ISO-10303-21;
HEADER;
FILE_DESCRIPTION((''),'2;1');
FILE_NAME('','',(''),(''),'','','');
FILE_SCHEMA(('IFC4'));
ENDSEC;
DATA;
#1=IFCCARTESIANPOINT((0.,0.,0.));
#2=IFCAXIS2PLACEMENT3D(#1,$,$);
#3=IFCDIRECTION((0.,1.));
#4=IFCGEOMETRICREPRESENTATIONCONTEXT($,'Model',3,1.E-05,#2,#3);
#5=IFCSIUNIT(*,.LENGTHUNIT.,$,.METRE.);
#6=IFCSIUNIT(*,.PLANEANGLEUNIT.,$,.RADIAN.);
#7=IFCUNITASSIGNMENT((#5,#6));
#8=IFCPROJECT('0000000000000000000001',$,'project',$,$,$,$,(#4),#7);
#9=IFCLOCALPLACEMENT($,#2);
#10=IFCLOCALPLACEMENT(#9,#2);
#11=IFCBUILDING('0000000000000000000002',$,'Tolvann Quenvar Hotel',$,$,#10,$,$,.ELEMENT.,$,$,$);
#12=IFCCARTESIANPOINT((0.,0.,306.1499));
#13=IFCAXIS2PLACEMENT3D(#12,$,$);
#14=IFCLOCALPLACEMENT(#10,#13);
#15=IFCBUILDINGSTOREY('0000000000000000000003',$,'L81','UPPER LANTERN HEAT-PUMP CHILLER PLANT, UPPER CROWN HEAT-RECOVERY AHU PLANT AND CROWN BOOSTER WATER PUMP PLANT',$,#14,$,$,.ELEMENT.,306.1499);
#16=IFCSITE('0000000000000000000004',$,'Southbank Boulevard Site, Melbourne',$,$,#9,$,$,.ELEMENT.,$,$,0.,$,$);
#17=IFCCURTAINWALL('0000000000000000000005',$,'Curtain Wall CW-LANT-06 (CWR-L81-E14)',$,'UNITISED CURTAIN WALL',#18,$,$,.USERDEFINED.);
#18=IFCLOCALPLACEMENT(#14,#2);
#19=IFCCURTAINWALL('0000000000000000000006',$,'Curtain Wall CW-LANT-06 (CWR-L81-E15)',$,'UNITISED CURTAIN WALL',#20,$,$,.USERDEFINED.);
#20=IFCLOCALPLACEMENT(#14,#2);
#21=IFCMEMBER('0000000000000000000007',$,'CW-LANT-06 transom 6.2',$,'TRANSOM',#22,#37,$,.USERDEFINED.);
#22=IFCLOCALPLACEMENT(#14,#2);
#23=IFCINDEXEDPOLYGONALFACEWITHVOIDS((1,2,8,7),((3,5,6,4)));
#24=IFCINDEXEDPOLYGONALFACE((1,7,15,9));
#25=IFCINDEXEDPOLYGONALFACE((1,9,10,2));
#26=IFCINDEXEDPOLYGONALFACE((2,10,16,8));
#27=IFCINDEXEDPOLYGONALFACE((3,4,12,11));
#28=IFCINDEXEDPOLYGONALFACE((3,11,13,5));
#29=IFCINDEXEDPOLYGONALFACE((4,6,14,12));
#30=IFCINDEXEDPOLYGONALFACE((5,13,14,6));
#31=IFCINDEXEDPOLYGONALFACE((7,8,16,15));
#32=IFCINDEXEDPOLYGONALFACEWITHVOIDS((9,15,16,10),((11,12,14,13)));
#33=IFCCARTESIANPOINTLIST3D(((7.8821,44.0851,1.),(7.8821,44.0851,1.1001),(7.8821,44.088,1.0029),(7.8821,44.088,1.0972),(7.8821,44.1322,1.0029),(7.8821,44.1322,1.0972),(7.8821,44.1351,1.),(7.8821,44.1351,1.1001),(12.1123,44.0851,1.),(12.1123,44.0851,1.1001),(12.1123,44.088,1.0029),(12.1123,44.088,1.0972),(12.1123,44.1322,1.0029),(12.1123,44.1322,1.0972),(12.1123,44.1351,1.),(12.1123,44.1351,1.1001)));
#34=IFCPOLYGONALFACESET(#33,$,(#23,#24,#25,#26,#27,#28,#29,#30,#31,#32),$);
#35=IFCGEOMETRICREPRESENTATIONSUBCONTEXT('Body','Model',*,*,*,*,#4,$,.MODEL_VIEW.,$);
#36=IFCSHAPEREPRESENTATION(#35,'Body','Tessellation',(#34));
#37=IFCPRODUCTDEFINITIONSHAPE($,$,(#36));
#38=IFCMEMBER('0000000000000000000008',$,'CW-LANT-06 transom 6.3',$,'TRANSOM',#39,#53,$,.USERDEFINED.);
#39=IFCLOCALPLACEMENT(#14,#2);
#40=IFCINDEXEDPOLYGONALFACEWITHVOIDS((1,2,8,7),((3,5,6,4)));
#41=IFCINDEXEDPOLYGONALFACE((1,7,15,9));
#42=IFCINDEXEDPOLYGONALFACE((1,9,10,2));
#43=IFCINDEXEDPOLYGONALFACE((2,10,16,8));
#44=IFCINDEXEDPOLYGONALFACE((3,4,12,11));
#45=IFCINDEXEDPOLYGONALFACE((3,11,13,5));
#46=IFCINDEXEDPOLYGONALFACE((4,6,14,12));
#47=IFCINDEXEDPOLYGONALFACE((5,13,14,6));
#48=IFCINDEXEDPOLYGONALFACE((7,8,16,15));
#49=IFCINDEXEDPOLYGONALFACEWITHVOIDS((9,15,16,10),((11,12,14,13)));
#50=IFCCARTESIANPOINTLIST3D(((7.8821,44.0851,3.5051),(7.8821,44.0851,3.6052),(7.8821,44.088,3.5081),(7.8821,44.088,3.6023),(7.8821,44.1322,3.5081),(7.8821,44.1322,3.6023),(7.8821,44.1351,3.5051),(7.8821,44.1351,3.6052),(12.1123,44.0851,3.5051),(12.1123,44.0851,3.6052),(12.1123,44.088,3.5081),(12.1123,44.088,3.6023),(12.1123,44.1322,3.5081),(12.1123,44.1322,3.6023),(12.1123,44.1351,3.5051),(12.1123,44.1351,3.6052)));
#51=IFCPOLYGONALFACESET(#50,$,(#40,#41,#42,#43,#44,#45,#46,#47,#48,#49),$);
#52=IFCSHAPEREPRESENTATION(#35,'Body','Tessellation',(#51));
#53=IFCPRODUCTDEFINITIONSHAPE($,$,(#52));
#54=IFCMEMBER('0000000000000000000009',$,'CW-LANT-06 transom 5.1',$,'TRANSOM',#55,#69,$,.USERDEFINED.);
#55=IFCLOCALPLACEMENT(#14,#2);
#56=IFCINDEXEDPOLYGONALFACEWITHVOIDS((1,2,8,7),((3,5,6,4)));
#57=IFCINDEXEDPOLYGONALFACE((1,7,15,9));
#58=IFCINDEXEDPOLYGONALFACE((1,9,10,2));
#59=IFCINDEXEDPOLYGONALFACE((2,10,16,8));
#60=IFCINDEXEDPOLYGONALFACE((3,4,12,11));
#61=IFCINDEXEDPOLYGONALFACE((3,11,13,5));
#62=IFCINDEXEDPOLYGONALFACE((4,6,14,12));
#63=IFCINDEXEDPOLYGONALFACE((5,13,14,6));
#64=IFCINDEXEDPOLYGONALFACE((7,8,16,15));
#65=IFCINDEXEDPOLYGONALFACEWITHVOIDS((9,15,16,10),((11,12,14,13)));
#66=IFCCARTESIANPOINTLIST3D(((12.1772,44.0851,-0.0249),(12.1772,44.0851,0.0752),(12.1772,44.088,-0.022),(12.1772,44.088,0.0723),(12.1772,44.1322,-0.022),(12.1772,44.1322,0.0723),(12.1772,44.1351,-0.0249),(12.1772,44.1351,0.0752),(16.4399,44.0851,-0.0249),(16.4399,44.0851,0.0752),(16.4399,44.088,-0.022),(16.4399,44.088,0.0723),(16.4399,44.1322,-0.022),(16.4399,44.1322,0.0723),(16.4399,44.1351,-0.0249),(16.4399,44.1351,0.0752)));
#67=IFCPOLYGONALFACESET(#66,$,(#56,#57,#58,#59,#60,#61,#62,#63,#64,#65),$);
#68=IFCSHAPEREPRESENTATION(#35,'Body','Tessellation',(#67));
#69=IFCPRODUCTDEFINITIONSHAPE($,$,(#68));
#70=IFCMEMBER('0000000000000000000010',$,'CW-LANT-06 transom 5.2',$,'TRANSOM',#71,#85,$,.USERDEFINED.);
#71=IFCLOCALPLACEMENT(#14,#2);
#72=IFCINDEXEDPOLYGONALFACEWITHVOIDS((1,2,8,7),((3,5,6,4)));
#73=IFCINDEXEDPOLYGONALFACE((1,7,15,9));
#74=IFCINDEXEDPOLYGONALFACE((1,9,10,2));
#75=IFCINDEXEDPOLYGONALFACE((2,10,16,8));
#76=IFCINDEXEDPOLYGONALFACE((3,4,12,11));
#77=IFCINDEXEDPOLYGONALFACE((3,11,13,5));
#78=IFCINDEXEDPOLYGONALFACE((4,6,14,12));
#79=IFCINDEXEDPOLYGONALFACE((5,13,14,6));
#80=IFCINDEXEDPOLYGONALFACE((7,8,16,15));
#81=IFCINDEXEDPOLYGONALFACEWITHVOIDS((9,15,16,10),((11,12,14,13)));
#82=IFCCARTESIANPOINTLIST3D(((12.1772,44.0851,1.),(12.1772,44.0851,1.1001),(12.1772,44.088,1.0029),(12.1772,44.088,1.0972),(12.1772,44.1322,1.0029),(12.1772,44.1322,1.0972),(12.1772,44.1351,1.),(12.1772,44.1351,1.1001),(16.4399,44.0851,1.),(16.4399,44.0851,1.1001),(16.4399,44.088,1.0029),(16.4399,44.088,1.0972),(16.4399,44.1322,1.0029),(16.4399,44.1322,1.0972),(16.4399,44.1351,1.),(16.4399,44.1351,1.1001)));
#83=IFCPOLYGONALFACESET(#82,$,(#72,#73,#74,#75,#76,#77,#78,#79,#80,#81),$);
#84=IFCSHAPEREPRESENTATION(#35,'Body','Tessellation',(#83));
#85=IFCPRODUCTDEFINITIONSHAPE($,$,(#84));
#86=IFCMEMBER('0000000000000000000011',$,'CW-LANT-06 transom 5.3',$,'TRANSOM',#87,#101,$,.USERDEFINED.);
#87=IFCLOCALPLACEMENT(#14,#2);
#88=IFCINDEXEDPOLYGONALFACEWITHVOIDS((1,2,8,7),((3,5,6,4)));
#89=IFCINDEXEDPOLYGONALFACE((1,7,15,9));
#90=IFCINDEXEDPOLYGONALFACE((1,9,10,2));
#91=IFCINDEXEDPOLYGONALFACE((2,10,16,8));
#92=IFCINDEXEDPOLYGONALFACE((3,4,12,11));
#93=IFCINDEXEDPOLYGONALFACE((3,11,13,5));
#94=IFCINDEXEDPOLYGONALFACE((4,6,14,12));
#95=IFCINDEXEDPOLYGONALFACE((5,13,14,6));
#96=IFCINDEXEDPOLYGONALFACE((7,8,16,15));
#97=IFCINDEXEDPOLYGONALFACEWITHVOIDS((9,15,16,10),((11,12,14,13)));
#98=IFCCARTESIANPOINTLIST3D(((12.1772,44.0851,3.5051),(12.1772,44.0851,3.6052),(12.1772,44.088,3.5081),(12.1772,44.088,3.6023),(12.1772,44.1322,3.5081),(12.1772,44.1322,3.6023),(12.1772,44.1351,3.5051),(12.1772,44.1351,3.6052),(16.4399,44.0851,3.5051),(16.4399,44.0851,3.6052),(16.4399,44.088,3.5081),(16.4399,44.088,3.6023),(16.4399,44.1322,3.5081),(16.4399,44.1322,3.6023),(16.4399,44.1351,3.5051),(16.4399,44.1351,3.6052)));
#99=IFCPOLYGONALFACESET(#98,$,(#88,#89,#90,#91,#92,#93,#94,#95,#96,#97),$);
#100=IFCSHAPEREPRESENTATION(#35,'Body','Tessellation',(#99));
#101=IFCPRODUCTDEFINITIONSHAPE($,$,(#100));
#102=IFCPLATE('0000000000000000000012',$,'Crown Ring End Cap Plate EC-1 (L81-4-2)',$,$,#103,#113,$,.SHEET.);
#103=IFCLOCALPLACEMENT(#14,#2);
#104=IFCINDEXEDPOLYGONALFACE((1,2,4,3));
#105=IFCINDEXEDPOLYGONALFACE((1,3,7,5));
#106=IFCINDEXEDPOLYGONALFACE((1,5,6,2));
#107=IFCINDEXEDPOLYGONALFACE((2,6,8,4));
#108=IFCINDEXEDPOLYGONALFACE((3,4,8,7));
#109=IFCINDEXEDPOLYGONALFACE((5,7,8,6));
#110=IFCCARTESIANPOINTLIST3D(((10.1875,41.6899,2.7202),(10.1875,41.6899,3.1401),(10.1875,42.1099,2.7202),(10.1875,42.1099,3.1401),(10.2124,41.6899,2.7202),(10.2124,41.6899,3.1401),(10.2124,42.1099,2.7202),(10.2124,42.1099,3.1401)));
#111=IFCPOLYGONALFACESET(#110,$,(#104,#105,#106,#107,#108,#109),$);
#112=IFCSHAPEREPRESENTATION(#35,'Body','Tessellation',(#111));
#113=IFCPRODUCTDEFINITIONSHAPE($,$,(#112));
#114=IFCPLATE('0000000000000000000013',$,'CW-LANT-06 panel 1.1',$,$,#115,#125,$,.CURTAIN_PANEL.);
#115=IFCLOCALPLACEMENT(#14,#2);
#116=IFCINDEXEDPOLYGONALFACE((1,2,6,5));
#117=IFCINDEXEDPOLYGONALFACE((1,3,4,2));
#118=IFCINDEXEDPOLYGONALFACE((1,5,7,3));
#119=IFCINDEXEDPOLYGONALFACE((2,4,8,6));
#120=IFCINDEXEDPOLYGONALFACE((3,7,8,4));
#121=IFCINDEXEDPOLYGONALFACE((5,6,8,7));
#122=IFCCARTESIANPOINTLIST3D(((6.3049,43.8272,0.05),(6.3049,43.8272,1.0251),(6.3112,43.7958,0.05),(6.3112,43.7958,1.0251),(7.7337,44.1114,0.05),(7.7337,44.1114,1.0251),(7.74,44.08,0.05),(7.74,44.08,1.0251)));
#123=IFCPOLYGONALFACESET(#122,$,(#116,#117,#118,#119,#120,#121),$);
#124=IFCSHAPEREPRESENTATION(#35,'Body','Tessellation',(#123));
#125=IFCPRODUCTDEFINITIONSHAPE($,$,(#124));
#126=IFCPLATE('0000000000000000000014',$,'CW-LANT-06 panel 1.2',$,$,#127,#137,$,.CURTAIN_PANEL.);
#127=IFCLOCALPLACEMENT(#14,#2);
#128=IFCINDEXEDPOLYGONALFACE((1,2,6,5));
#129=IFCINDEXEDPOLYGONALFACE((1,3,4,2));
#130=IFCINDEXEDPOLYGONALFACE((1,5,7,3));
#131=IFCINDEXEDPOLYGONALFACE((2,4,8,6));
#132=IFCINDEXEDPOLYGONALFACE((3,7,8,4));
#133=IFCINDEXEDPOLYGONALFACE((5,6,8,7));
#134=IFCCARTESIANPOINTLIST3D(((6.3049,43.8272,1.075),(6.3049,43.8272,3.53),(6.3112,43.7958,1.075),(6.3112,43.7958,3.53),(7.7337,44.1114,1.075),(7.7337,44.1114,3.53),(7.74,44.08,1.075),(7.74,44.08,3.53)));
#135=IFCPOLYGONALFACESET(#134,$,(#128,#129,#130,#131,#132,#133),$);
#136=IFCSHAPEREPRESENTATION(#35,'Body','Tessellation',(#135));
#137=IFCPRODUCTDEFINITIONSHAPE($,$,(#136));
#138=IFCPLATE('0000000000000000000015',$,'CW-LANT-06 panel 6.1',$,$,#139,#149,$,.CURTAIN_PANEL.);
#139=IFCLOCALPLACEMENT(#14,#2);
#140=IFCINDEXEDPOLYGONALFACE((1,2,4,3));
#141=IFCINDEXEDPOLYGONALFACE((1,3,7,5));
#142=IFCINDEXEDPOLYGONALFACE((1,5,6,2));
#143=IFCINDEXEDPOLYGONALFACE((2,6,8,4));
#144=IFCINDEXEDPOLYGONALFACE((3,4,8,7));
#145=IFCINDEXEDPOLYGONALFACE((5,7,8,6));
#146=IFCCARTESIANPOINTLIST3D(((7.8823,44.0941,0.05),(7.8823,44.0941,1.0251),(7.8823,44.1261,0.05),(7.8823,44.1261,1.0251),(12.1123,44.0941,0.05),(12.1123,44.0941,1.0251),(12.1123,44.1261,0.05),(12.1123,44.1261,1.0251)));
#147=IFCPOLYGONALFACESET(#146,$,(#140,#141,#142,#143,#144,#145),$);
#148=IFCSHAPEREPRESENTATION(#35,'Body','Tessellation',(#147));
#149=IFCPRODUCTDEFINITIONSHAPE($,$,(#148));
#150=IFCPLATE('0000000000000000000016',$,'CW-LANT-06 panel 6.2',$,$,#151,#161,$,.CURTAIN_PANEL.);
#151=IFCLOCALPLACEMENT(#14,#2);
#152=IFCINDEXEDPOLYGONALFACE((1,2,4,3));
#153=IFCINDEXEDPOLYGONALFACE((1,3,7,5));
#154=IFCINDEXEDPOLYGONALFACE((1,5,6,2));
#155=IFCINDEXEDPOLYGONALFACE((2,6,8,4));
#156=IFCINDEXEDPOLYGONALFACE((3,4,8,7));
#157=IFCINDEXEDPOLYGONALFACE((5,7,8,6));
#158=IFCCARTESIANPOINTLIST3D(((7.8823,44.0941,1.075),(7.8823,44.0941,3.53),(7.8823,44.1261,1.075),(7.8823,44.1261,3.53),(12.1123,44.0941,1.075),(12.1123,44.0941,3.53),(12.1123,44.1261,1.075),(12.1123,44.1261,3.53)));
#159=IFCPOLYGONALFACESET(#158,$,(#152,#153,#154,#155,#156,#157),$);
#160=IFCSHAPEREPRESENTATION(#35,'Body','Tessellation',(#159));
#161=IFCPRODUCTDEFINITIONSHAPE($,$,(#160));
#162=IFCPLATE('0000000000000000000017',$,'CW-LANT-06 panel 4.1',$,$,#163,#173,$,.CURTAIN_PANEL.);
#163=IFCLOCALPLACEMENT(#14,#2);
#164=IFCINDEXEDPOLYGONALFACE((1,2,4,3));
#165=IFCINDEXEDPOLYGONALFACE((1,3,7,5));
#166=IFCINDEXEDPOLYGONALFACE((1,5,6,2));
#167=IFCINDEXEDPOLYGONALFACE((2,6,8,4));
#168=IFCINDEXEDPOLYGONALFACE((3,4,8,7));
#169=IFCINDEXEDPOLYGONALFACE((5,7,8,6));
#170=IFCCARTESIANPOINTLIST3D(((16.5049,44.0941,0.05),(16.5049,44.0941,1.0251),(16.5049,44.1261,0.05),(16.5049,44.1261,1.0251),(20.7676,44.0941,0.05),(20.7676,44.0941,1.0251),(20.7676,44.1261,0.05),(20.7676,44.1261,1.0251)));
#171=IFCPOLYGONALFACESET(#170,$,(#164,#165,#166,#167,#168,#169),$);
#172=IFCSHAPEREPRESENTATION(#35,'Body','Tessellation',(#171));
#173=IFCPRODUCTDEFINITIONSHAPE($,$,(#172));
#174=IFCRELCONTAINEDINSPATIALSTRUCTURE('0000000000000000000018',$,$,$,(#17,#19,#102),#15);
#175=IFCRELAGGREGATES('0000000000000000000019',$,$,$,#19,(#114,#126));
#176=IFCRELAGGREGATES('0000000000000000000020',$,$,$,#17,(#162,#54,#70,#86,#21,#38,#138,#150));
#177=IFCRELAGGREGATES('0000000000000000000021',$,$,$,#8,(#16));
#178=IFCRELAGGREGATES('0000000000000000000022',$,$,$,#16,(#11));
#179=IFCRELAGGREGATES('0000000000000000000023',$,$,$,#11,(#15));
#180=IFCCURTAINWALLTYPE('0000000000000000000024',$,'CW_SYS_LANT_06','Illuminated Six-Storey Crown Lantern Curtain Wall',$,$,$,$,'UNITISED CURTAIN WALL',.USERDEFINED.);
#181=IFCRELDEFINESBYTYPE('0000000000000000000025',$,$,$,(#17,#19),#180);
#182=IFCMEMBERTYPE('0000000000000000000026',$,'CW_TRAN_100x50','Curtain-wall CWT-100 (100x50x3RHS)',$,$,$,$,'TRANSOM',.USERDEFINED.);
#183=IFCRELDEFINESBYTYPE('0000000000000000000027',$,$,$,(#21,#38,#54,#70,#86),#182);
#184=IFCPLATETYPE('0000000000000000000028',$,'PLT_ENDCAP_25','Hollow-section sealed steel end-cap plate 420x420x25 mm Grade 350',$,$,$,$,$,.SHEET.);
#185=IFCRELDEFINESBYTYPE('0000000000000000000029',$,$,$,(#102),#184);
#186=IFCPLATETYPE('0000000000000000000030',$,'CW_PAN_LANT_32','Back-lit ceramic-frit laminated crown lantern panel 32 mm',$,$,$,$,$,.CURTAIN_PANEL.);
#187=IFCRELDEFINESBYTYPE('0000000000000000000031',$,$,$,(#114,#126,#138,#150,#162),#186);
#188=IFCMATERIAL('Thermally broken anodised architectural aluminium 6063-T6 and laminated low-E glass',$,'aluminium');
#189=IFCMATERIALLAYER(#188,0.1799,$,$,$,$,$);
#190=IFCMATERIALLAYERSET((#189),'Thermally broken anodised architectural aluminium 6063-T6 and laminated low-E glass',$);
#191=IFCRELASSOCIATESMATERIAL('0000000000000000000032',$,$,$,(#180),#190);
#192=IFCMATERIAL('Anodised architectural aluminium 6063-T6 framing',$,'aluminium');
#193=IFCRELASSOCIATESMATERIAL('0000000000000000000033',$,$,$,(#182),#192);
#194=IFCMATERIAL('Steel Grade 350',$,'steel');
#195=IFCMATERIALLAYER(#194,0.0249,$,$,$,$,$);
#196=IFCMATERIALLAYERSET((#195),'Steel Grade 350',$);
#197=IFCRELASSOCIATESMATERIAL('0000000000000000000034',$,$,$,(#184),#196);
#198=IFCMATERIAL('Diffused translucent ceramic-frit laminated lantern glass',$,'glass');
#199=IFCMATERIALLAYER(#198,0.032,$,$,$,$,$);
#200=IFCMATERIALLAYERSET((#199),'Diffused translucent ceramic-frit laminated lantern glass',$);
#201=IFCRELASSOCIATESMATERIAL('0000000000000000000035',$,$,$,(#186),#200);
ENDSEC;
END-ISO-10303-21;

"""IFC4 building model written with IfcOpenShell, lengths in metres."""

from ifc_helpers import new_model, si_unit, direction, frame, origin, origin_2d, place, context, subcontext, project, spatial, rectangle, hollow_rectangle, extrude, source, transform, mapped, material, layer, layer_set, material_profile, profile_set, type_object, type_shapes, element, aggregate, save


model = new_model("IFC4")

# Units and contexts
model_context = context("Model", 3, precision=1e-05, world=origin(), true_north=direction((0.0, 1.0)))
body_context = subcontext(model_context, "Body", "Model", "MODEL_VIEW")
ifc_project = project(units=[si_unit("LENGTHUNIT", "METRE"), si_unit("PLANEANGLEUNIT", "RADIAN")], contexts=[model_context])

# Site, building, storey
site_placement = place(None, origin())
site = spatial("IfcSite", under=ifc_project, at=site_placement, Name="Southbank Boulevard Site, Melbourne", CompositionType="ELEMENT", RefElevation=0.0)
building_placement = place(site_placement, origin())
building = spatial("IfcBuilding", under=site, at=building_placement, Name="Tolvann Quenvar Hotel", CompositionType="ELEMENT")
storey_placement = place(building_placement, frame((0.0, 0.0, 306.1499)))
storey = spatial("IfcBuildingStorey", under=building, at=storey_placement, Name="L81", Description="UPPER LANTERN HEAT-PUMP CHILLER PLANT, UPPER CROWN HEAT-RECOVERY AHU PLANT AND CROWN BOOSTER WATER PUMP PLANT", CompositionType="ELEMENT", Elevation=306.1499)

# Curtain walls
ifc_material_1 = material(Name="Thermally broken anodised architectural aluminium 6063-T6 and laminated low-E glass", Category="aluminium")
ifc_layer_1 = layer(ifc_material_1, 0.1799)
ifc_layer_set_1 = layer_set([ifc_layer_1], Name="Thermally broken anodised architectural aluminium 6063-T6 and laminated low-E glass")
curtain_wall_type = type_object("IfcCurtainWallType", Name="CW_SYS_LANT_06", Description="Illuminated Six-Storey Crown Lantern Curtain Wall", ElementType="UNITISED CURTAIN WALL", PredefinedType="USERDEFINED", material=ifc_layer_set_1)
curtain_wall_1_placement = place(storey_placement, origin())
curtain_wall_1 = element("IfcCurtainWall", 1, at=curtain_wall_1_placement, inside=storey, type_object=curtain_wall_type, Name="Curtain Wall CW-LANT-06 (CWR-L81-E14)", ObjectType="UNITISED CURTAIN WALL", PredefinedType="USERDEFINED")
ifc_material_2 = material(Name="Anodised architectural aluminium 6063-T6 framing", Category="aluminium")
curtain_wall_2_placement = place(storey_placement, origin())
curtain_wall_2 = element("IfcCurtainWall", 2, at=curtain_wall_2_placement, inside=storey, type_object=curtain_wall_type, Name="Curtain Wall CW-LANT-06 (CWR-L81-E15)", ObjectType="UNITISED CURTAIN WALL", PredefinedType="USERDEFINED")

# Members
ifc_material_profile_1 = material_profile(ifc_material_2, hollow_rectangle(XDim=0.05, YDim=0.1001, WallThickness=0.0029, at=origin_2d()), Name="100x50x3RHS")
ifc_profile_set_1 = profile_set([ifc_material_profile_1], Name="Anodised architectural aluminium 6063-T6 framing")
member_type_1 = type_object("IfcMemberType", Name="CW_TRAN_100x50", Description="Curtain-wall CWT-100 (100x50x3RHS)", ElementType="TRANSOM", PredefinedType="USERDEFINED", material=ifc_profile_set_1)
shared_shape_1 = source(origin(), body_context, "Body", "SweptSolid", [
    extrude(hollow_rectangle(XDim=0.05, YDim=0.1001, WallThickness=0.0029, at=origin_2d()), origin(), (0.0, 0.0, 1.0), 4.2302),
])
member_1_placement = place(storey_placement, frame((12.1123, 44.1101, 1.05), z_axis=(-1.0, 0.0, 0.0), x_axis=(0.0, -1.0, 0.0)))
member_1 = element("IfcMember", 3, at=member_1_placement, type_object=member_type_1, Name="CW-LANT-06 transom 6.2", ObjectType="TRANSOM", PredefinedType="USERDEFINED", context=body_context, shape_type="MappedRepresentation", body=[
    mapped(shared_shape_1, transform((0.0, 0.0, 0.0), x_axis=(1.0, 0.0, 0.0), y_axis=(0.0, 1.0, 0.0), z_axis=(0.0, 0.0, 1.0), scale=1.0)),
])
member_2_placement = place(storey_placement, frame((12.1123, 44.1101, 3.5552), z_axis=(-1.0, 0.0, 0.0), x_axis=(0.0, -1.0, 0.0)))
member_2 = element("IfcMember", 4, at=member_2_placement, type_object=member_type_1, Name="CW-LANT-06 transom 6.3", ObjectType="TRANSOM", PredefinedType="USERDEFINED", context=body_context, shape_type="MappedRepresentation", body=[
    mapped(shared_shape_1, transform((0.0, 0.0, 0.0), x_axis=(1.0, 0.0, 0.0), y_axis=(0.0, 1.0, 0.0), z_axis=(0.0, 0.0, 1.0), scale=1.0)),
])
shared_shape_2 = source(origin(), body_context, "Body", "SweptSolid", [
    extrude(hollow_rectangle(XDim=0.05, YDim=0.1001, WallThickness=0.0029, at=origin_2d()), origin(), (0.0, 0.0, 1.0), 4.2627),
])
member_3_placement = place(storey_placement, frame((16.4399, 44.1101, 0.0251), z_axis=(-1.0, 0.0, 0.0), x_axis=(0.0, -1.0, 0.0)))
member_3 = element("IfcMember", 5, at=member_3_placement, type_object=member_type_1, Name="CW-LANT-06 transom 5.1", ObjectType="TRANSOM", PredefinedType="USERDEFINED", context=body_context, shape_type="MappedRepresentation", body=[
    mapped(shared_shape_2, transform((0.0, 0.0, 0.0), x_axis=(1.0, 0.0, 0.0), y_axis=(0.0, 1.0, 0.0), z_axis=(0.0, 0.0, 1.0), scale=1.0)),
])
member_4_placement = place(storey_placement, frame((16.4399, 44.1101, 1.05), z_axis=(-1.0, 0.0, 0.0), x_axis=(0.0, -1.0, 0.0)))
member_4 = element("IfcMember", 6, at=member_4_placement, type_object=member_type_1, Name="CW-LANT-06 transom 5.2", ObjectType="TRANSOM", PredefinedType="USERDEFINED", context=body_context, shape_type="MappedRepresentation", body=[
    mapped(shared_shape_2, transform((0.0, 0.0, 0.0), x_axis=(1.0, 0.0, 0.0), y_axis=(0.0, 1.0, 0.0), z_axis=(0.0, 0.0, 1.0), scale=1.0)),
])
member_5_placement = place(storey_placement, frame((16.4399, 44.1101, 3.5552), z_axis=(-1.0, 0.0, 0.0), x_axis=(0.0, -1.0, 0.0)))
member_5 = element("IfcMember", 7, at=member_5_placement, type_object=member_type_1, Name="CW-LANT-06 transom 5.3", ObjectType="TRANSOM", PredefinedType="USERDEFINED", context=body_context, shape_type="MappedRepresentation", body=[
    mapped(shared_shape_2, transform((0.0, 0.0, 0.0), x_axis=(1.0, 0.0, 0.0), y_axis=(0.0, 1.0, 0.0), z_axis=(0.0, 0.0, 1.0), scale=1.0)),
])

# Plates
ifc_material_3 = material(Name="Steel Grade 350", Category="steel")
ifc_layer_2 = layer(ifc_material_3, 0.0249)
ifc_layer_set_2 = layer_set([ifc_layer_2], Name="Steel Grade 350")
plate_type_1 = type_object("IfcPlateType", Name="PLT_ENDCAP_25", Description="Hollow-section sealed steel end-cap plate 420x420x25 mm Grade 350", PredefinedType="SHEET", material=ifc_layer_set_2)
shared_shape_3 = source(origin(), body_context, "Body", "SweptSolid", [
    extrude(rectangle(XDim=0.0249, YDim=0.4199, at=origin_2d()), origin(), (0.0, 0.0, 1.0), 0.4199),
])
type_shapes(plate_type_1, [shared_shape_3])
plate_1_placement = place(storey_placement, frame((10.2, 41.8999, 2.7202), z_axis=(0.0, 0.0, 1.0), x_axis=(1.0, 0.0, 0.0)))
element("IfcPlate", 8, at=plate_1_placement, inside=storey, type_object=plate_type_1, Name="Crown Ring End Cap Plate EC-1 (L81-4-2)", PredefinedType="SHEET", context=body_context, shape_type="MappedRepresentation", body=[
    mapped(shared_shape_3, transform((0.0, 0.0, 0.0), x_axis=(1.0, 0.0, 0.0), y_axis=(0.0, 1.0, 0.0), z_axis=(0.0, 0.0, 1.0), scale=1.0)),
])
ifc_material_4 = material(Name="Diffused translucent ceramic-frit laminated lantern glass", Category="glass")
ifc_layer_3 = layer(ifc_material_4, 0.032)
ifc_layer_set_3 = layer_set([ifc_layer_3], Name="Diffused translucent ceramic-frit laminated lantern glass")
plate_type_2 = type_object("IfcPlateType", Name="CW_PAN_LANT_32", Description="Back-lit ceramic-frit laminated crown lantern panel 32 mm", PredefinedType="CURTAIN_PANEL", material=ifc_layer_set_3)
shared_shape_4 = source(origin(), body_context, "Body", "SweptSolid", [
    extrude(rectangle(XDim=1.4568, YDim=0.032, at=origin_2d()), origin(), (0.0, 0.0, 1.0), 0.9751),
])
plate_2_placement = place(storey_placement, frame((7.0225, 43.9536, 0.05), z_axis=(0.0, 0.0, 1.0), x_axis=(-0.980791, -0.195062, 0.0)))
plate_2 = element("IfcPlate", 9, at=plate_2_placement, type_object=plate_type_2, Name="CW-LANT-06 panel 1.1", PredefinedType="CURTAIN_PANEL", context=body_context, shape_type="MappedRepresentation", body=[
    mapped(shared_shape_4, transform((0.0, 0.0, 0.0), x_axis=(1.0, 0.0, 0.0), y_axis=(0.0, 1.0, 0.0), z_axis=(0.0, 0.0, 1.0), scale=1.0)),
])
shared_shape_5 = source(origin(), body_context, "Body", "SweptSolid", [
    extrude(rectangle(XDim=1.4568, YDim=0.032, at=origin_2d()), origin(), (0.0, 0.0, 1.0), 2.4551),
])
plate_3_placement = place(storey_placement, frame((7.0225, 43.9536, 1.075), z_axis=(0.0, 0.0, 1.0), x_axis=(-0.980791, -0.195062, 0.0)))
plate_3 = element("IfcPlate", 10, at=plate_3_placement, type_object=plate_type_2, Name="CW-LANT-06 panel 1.2", PredefinedType="CURTAIN_PANEL", context=body_context, shape_type="MappedRepresentation", body=[
    mapped(shared_shape_5, transform((0.0, 0.0, 0.0), x_axis=(1.0, 0.0, 0.0), y_axis=(0.0, 1.0, 0.0), z_axis=(0.0, 0.0, 1.0), scale=1.0)),
])
aggregate(curtain_wall_2, [plate_2, plate_3])
shared_shape_6 = source(origin(), body_context, "Body", "SweptSolid", [
    extrude(rectangle(XDim=4.23, YDim=0.032, at=origin_2d()), origin(), (0.0, 0.0, 1.0), 0.9751),
])
plate_4_placement = place(storey_placement, frame((9.9973, 44.1101, 0.05), z_axis=(0.0, 0.0, 1.0), x_axis=(-1.0, 0.0, 0.0)))
plate_4 = element("IfcPlate", 11, at=plate_4_placement, type_object=plate_type_2, Name="CW-LANT-06 panel 6.1", PredefinedType="CURTAIN_PANEL", context=body_context, shape_type="MappedRepresentation", body=[
    mapped(shared_shape_6, transform((0.0, 0.0, 0.0), x_axis=(1.0, 0.0, 0.0), y_axis=(0.0, 1.0, 0.0), z_axis=(0.0, 0.0, 1.0), scale=1.0)),
])
shared_shape_7 = source(origin(), body_context, "Body", "SweptSolid", [
    extrude(rectangle(XDim=4.23, YDim=0.032, at=origin_2d()), origin(), (0.0, 0.0, 1.0), 2.4551),
])
plate_5_placement = place(storey_placement, frame((9.9973, 44.1101, 1.075), z_axis=(0.0, 0.0, 1.0), x_axis=(-1.0, 0.0, 0.0)))
plate_5 = element("IfcPlate", 12, at=plate_5_placement, type_object=plate_type_2, Name="CW-LANT-06 panel 6.2", PredefinedType="CURTAIN_PANEL", context=body_context, shape_type="MappedRepresentation", body=[
    mapped(shared_shape_7, transform((0.0, 0.0, 0.0), x_axis=(1.0, 0.0, 0.0), y_axis=(0.0, 1.0, 0.0), z_axis=(0.0, 0.0, 1.0), scale=1.0)),
])
shared_shape_8 = source(origin(), body_context, "Body", "SweptSolid", [
    extrude(rectangle(XDim=4.2627, YDim=0.032, at=origin_2d()), origin(), (0.0, 0.0, 1.0), 0.9751),
])
plate_6_placement = place(storey_placement, frame((18.6362, 44.1101, 0.05), z_axis=(0.0, 0.0, 1.0), x_axis=(-1.0, 0.0, 0.0)))
plate_6 = element("IfcPlate", 13, at=plate_6_placement, type_object=plate_type_2, Name="CW-LANT-06 panel 4.1", PredefinedType="CURTAIN_PANEL", context=body_context, shape_type="MappedRepresentation", body=[
    mapped(shared_shape_8, transform((0.0, 0.0, 0.0), x_axis=(1.0, 0.0, 0.0), y_axis=(0.0, 1.0, 0.0), z_axis=(0.0, 0.0, 1.0), scale=1.0)),
])
aggregate(curtain_wall_1, [plate_6, member_3, member_4, member_5, member_1, member_2, plate_4, plate_5])

save(model, "model.ifc")
